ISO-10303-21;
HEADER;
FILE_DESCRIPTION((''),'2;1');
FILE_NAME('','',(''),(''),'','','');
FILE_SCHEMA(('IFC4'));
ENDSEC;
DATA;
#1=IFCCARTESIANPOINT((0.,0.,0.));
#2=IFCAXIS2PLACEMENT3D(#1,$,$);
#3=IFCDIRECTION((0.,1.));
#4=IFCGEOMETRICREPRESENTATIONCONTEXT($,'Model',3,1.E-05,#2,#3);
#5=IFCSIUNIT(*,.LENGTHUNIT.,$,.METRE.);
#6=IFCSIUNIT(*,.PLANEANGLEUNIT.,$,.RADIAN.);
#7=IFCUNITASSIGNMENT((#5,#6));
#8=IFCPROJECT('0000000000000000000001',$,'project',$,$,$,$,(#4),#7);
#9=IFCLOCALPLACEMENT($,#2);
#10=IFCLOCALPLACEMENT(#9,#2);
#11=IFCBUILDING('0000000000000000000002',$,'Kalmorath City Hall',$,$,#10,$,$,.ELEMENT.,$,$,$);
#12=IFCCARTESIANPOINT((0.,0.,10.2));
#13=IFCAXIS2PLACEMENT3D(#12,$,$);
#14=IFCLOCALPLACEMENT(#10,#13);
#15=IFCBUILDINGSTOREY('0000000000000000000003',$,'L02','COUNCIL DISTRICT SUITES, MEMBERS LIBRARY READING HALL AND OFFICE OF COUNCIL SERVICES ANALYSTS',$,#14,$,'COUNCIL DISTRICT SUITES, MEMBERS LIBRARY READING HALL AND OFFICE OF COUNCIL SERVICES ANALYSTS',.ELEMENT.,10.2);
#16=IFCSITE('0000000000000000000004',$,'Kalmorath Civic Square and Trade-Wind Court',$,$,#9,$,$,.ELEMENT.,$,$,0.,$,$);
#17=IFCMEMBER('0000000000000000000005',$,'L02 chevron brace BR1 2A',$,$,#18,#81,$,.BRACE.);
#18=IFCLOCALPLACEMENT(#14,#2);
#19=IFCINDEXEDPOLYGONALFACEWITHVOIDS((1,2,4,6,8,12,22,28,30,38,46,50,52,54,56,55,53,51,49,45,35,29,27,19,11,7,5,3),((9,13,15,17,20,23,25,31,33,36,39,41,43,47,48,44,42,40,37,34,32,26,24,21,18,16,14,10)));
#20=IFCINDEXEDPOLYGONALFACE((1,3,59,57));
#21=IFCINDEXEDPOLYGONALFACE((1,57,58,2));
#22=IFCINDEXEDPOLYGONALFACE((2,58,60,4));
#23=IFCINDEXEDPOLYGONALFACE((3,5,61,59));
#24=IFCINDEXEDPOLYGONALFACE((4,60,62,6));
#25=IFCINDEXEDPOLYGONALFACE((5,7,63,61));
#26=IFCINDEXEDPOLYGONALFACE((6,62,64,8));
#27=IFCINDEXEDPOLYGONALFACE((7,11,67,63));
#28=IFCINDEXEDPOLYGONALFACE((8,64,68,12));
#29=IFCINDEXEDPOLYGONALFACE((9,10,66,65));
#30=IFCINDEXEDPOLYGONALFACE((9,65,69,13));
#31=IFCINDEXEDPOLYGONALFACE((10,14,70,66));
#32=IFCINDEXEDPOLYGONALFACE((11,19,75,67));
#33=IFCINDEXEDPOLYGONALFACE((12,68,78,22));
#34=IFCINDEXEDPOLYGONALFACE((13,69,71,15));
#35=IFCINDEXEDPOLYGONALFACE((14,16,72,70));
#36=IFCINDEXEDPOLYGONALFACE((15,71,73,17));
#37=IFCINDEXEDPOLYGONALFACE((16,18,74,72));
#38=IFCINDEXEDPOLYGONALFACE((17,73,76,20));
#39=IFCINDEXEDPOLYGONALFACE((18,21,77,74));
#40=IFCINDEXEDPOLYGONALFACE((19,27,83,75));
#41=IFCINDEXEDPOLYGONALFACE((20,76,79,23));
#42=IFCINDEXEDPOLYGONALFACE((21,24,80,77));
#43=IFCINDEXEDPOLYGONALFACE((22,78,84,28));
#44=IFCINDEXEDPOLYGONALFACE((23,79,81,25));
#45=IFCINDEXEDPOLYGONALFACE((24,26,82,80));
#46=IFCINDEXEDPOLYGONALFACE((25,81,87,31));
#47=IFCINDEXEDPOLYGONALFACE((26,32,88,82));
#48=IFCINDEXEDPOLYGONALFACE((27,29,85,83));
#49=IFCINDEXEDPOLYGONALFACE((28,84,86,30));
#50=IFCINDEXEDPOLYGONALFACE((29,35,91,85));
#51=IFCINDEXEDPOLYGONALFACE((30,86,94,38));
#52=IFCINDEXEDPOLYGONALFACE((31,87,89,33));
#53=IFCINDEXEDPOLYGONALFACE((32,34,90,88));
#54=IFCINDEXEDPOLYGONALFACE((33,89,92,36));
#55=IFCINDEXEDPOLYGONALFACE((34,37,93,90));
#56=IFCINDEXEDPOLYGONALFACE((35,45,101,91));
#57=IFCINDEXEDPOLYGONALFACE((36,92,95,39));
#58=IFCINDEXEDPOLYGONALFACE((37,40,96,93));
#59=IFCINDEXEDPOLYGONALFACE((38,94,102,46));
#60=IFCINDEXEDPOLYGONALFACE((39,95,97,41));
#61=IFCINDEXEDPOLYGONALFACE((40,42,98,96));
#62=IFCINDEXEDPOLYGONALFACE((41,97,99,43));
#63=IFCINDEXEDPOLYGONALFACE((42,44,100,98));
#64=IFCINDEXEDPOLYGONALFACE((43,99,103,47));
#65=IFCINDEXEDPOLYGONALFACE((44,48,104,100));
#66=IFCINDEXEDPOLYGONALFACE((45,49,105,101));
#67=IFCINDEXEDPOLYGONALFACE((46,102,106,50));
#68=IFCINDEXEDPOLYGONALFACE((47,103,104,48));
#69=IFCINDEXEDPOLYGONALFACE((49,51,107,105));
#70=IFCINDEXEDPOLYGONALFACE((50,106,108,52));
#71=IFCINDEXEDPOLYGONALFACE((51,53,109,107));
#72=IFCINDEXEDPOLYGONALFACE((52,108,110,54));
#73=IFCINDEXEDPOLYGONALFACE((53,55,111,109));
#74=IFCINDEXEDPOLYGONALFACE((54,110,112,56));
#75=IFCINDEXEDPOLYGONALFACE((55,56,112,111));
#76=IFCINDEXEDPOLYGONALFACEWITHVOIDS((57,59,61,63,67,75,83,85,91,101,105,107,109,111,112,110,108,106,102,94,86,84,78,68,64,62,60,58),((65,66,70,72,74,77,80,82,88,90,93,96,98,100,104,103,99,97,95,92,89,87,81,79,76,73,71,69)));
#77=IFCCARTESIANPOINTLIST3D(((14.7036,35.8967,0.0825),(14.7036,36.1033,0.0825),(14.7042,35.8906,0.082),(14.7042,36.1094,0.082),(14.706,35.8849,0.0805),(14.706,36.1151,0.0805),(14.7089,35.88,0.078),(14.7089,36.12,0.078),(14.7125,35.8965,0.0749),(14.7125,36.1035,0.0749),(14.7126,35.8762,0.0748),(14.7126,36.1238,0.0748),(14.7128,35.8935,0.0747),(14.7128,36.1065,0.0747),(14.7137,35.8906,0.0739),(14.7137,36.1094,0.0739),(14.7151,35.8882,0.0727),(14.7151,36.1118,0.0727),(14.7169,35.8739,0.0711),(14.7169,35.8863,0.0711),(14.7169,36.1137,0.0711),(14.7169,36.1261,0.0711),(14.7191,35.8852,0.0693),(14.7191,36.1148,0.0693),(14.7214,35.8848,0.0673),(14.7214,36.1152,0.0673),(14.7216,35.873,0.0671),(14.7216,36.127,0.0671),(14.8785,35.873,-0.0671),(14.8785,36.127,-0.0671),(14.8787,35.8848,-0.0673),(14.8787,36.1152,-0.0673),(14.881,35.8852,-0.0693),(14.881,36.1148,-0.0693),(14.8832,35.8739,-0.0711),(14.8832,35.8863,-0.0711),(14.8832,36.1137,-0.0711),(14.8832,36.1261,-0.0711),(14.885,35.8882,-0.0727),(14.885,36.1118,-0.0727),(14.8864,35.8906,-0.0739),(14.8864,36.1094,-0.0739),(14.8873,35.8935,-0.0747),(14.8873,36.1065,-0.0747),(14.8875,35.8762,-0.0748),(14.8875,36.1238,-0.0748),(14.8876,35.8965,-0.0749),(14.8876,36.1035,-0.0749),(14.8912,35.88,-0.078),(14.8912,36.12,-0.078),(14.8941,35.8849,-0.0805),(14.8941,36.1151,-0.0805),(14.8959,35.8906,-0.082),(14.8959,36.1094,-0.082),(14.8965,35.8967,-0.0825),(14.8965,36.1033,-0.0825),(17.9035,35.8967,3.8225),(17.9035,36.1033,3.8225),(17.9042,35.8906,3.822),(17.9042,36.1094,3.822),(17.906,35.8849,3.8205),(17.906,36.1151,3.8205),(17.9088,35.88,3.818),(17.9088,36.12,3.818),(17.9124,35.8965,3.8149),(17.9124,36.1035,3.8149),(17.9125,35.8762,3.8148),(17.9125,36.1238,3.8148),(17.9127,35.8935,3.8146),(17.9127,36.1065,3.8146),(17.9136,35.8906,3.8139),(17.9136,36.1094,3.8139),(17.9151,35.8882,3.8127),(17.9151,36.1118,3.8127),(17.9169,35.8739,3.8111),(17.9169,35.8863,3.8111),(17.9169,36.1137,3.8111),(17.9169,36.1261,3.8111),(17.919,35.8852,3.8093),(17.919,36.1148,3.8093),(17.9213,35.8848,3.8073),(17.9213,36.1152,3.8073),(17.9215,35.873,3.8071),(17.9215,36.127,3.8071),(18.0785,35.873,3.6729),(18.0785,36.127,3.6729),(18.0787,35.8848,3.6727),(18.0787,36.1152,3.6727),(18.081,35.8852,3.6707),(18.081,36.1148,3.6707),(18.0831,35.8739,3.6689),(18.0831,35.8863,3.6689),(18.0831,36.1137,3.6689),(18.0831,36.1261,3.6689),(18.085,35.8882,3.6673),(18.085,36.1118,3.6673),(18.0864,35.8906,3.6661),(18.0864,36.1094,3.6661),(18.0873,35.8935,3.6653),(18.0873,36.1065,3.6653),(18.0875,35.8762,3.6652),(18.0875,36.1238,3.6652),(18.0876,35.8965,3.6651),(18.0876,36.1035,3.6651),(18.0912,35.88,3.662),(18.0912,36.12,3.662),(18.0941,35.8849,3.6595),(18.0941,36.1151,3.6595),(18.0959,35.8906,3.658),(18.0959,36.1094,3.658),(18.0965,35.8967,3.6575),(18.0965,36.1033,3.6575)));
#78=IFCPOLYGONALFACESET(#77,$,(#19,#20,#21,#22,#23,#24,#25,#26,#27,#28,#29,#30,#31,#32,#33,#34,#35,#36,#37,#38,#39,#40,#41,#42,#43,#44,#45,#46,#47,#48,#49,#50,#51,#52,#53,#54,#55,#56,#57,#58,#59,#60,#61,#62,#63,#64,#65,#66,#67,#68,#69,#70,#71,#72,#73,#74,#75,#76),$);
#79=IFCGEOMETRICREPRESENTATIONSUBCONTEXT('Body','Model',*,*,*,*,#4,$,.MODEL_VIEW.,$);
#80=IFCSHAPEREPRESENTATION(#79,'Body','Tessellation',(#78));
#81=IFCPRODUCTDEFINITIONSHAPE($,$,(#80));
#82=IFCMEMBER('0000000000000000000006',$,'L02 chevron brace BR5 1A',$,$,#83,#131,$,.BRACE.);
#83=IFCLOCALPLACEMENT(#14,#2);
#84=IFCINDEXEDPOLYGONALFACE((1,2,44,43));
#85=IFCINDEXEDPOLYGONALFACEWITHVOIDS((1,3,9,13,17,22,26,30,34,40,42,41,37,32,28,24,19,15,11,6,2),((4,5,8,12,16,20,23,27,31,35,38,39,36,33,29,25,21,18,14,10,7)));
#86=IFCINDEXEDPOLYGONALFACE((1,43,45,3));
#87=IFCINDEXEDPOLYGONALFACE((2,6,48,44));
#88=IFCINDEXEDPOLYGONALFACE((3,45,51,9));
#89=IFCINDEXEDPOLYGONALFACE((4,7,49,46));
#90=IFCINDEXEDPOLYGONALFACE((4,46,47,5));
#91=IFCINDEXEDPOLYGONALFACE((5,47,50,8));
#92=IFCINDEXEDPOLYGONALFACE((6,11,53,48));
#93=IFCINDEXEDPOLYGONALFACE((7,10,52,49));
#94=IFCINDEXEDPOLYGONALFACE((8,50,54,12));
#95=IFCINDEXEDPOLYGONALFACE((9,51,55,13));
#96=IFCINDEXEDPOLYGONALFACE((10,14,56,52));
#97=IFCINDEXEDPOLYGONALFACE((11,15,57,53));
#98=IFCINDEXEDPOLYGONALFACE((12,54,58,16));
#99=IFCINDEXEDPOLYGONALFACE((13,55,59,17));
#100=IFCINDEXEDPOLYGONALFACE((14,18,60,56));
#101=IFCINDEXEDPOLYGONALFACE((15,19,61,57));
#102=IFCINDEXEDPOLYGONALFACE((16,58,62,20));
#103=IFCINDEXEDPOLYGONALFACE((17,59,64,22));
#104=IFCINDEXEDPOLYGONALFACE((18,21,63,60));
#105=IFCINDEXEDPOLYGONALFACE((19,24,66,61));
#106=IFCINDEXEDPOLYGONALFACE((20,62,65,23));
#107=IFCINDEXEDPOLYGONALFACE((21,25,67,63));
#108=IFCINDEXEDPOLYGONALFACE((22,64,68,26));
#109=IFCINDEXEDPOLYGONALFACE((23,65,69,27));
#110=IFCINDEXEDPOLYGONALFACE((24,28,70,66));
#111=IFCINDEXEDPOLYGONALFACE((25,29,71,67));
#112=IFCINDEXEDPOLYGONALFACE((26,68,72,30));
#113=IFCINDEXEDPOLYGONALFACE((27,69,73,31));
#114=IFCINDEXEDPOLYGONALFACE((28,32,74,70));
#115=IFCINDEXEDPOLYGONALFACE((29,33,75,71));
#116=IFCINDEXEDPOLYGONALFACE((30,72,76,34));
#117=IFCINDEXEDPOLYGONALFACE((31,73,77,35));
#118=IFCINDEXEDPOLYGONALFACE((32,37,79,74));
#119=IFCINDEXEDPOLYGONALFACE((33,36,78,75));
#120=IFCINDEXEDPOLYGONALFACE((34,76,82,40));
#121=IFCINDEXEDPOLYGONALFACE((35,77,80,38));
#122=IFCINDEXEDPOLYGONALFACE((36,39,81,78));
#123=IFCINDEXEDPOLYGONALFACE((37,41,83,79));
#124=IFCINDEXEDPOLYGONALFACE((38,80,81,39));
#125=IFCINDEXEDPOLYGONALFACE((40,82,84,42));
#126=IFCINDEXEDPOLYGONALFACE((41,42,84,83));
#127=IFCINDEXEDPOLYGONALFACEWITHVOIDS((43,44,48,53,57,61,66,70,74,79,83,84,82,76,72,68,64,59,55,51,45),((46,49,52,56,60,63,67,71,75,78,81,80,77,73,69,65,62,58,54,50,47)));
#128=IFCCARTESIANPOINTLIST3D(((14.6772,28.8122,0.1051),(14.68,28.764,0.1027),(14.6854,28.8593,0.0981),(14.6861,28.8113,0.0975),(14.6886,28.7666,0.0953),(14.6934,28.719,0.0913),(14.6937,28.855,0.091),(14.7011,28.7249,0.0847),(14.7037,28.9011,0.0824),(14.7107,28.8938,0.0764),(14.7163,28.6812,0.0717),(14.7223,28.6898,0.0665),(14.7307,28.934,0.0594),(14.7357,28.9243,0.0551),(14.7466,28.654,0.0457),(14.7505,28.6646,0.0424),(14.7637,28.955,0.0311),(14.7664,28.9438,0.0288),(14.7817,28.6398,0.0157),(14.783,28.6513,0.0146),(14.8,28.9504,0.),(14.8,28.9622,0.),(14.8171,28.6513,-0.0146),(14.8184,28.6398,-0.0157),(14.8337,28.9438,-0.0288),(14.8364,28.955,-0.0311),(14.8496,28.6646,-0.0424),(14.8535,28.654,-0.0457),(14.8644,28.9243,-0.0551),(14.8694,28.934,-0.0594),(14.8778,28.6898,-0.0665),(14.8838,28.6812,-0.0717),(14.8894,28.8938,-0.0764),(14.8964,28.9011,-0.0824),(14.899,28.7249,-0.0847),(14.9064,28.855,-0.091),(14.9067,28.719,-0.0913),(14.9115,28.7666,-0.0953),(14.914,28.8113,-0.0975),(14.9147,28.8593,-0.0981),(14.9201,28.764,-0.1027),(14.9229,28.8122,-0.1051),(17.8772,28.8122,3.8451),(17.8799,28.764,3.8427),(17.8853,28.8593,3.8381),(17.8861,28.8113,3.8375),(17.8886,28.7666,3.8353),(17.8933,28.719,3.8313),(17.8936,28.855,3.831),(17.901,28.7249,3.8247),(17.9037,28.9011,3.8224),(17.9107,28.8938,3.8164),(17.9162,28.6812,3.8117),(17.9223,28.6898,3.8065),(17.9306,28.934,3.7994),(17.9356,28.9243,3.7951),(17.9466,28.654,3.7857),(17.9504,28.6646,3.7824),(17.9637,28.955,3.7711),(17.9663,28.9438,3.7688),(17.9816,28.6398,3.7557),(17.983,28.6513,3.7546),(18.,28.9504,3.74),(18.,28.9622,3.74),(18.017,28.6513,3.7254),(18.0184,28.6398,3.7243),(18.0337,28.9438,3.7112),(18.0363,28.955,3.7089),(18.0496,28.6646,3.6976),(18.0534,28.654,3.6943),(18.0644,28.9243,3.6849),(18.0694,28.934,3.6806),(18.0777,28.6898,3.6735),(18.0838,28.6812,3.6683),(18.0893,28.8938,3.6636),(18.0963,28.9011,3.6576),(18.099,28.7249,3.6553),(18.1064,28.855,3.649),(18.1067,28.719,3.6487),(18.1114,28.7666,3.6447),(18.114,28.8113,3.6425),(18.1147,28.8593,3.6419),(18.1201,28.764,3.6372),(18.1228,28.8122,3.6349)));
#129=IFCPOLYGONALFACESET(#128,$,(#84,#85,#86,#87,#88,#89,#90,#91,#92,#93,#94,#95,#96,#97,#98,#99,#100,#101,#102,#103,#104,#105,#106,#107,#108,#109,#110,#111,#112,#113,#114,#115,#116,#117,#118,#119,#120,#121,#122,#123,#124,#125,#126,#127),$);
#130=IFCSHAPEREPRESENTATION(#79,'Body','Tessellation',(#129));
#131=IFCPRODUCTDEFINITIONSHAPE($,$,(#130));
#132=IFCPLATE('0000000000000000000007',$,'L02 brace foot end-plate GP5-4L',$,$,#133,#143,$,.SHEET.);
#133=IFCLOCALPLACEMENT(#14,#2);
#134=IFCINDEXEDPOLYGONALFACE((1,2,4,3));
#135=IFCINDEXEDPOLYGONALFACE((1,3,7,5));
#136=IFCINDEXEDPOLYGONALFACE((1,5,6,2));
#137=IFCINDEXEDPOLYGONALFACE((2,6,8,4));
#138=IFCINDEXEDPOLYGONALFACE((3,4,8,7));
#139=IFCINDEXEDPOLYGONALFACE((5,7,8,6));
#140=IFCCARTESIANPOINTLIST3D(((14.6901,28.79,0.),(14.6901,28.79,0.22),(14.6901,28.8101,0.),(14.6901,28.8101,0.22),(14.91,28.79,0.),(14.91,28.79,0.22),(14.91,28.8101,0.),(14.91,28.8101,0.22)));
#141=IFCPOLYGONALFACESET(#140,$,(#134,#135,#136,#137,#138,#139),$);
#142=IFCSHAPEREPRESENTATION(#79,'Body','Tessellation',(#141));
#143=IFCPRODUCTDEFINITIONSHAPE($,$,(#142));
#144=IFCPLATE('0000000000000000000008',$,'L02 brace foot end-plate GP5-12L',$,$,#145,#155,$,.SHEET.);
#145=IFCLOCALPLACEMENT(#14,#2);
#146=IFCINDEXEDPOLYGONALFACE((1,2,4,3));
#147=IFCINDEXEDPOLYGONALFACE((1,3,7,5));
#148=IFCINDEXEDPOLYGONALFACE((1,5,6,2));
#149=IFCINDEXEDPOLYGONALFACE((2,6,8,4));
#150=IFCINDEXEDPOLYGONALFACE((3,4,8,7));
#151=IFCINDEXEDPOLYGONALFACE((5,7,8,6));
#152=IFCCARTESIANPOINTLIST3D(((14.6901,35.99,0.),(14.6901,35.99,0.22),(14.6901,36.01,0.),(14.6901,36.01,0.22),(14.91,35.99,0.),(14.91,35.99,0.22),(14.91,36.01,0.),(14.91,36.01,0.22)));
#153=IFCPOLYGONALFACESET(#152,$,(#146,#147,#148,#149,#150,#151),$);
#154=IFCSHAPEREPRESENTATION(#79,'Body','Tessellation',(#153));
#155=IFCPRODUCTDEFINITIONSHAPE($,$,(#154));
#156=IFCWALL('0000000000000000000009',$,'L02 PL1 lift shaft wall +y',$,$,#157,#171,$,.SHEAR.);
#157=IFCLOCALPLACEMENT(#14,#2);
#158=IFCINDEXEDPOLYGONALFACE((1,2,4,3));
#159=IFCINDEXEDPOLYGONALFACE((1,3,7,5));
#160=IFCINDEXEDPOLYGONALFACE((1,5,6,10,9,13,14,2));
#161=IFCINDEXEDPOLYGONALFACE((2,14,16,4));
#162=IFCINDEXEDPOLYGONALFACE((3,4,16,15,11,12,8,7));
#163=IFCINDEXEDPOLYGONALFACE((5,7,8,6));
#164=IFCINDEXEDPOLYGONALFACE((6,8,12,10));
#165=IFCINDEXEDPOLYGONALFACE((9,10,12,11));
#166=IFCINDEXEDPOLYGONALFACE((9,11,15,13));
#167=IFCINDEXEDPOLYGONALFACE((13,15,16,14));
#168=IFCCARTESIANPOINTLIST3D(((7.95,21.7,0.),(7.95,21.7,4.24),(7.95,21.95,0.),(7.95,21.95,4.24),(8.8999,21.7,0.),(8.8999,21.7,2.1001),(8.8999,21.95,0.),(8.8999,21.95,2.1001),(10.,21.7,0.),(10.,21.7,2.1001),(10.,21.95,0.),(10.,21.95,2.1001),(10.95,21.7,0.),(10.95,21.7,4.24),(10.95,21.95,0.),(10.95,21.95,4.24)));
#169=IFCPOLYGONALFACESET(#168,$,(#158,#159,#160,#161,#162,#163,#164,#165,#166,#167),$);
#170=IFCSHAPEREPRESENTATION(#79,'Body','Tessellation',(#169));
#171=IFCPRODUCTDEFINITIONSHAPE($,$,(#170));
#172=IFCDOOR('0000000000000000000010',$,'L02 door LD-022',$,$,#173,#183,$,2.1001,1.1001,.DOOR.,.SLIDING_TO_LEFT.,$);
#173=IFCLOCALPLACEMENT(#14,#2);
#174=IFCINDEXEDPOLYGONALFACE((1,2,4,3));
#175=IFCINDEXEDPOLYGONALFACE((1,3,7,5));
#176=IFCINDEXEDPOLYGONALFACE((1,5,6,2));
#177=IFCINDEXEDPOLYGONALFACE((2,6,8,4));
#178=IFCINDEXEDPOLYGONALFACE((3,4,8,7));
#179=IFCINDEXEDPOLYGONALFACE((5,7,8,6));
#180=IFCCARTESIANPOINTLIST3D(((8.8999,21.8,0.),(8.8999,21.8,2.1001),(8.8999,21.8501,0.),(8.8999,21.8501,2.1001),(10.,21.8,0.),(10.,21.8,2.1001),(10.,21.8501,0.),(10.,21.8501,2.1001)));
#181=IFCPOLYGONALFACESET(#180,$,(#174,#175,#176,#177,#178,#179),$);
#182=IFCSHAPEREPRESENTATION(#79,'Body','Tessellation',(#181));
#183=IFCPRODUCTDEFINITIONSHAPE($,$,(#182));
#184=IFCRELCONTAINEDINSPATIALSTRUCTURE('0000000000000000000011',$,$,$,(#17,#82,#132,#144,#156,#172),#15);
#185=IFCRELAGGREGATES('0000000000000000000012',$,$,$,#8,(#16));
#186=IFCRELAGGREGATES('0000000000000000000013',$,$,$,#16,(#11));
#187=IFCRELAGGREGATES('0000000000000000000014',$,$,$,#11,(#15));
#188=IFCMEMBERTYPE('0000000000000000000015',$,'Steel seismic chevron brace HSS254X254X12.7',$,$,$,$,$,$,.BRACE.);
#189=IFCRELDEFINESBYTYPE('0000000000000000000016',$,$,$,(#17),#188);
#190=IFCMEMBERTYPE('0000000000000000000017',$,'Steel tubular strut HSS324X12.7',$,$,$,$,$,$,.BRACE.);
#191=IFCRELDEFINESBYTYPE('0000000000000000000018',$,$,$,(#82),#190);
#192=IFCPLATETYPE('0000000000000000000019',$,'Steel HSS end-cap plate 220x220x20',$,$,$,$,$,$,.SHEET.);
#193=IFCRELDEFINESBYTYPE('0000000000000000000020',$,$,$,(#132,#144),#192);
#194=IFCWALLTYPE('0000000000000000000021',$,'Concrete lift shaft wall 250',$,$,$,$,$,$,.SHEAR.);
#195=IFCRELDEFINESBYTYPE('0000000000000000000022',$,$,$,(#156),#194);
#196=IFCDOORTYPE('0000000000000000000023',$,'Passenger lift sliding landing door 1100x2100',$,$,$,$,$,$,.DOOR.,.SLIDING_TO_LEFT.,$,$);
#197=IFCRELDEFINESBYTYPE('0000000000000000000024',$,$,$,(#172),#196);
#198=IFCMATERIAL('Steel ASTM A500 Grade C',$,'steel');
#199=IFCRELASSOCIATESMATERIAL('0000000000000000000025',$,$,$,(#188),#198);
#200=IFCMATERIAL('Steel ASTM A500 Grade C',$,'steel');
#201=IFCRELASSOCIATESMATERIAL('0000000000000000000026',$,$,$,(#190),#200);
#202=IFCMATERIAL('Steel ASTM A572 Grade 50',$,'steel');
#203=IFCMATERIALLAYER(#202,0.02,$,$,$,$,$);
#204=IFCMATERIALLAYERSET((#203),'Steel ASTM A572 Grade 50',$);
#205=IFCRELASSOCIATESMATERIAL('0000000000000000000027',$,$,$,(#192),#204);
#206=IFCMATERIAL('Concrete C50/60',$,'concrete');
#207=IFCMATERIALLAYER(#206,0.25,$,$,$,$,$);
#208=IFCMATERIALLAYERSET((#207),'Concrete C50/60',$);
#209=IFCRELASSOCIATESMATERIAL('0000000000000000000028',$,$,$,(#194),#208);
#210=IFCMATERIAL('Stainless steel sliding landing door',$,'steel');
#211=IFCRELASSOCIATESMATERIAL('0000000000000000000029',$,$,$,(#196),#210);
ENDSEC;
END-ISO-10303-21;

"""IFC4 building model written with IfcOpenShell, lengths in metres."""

from ifc_helpers import new_model, si_unit, direction, frame, frame_2d, origin, origin_2d, place, context, subcontext, project, spatial, rectangle, hollow_rectangle, hollow_circle, extrude, material, layer, layer_set, material_profile, profile_set, type_object, element, fill, save


model = new_model("IFC4")

# Units and contexts
model_context = context("Model", 3, precision=1e-05, world=origin(), true_north=direction((0.0, 1.0)))
body_context = subcontext(model_context, "Body", "Model", "MODEL_VIEW")
ifc_project = project(units=[si_unit("LENGTHUNIT", "METRE"), si_unit("PLANEANGLEUNIT", "RADIAN")], contexts=[model_context])

# Site, building, storey
site_placement = place(None, origin())
site = spatial("IfcSite", under=ifc_project, at=site_placement, Name="Kalmorath Civic Square and Trade-Wind Court", CompositionType="ELEMENT", RefElevation=0.0)
building_placement = place(site_placement, origin())
building = spatial("IfcBuilding", under=site, at=building_placement, Name="Kalmorath City Hall", CompositionType="ELEMENT")
storey_placement = place(building_placement, frame((0.0, 0.0, 10.2)))
storey = spatial("IfcBuildingStorey", under=building, at=storey_placement, Name="L02", Description="COUNCIL DISTRICT SUITES, MEMBERS LIBRARY READING HALL AND OFFICE OF COUNCIL SERVICES ANALYSTS", LongName="COUNCIL DISTRICT SUITES, MEMBERS LIBRARY READING HALL AND OFFICE OF COUNCIL SERVICES ANALYSTS", CompositionType="ELEMENT", Elevation=10.2)

# Members
ifc_material_1 = material(Name="Steel ASTM A500 Grade C", Category="steel")
ifc_material_profile_1 = material_profile(ifc_material_1, hollow_rectangle(XDim=0.2539, YDim=0.2539, WallThickness=0.0117, InnerFilletRadius=0.0117, OuterFilletRadius=0.0237, at=origin_2d()), Name="HSS254X254X12.7")
ifc_profile_set_1 = profile_set([ifc_material_profile_1], Name="Steel ASTM A500 Grade C")
member_type_1 = type_object("IfcMemberType", Name="Steel seismic chevron brace HSS254X254X12.7", PredefinedType="BRACE", material=ifc_profile_set_1)
member_1_placement = place(storey_placement, frame((14.8, 36.0, 0.0), z_axis=(0.650117, 0.0, 0.759834), x_axis=(0.0, 1.0, 0.0)))
element("IfcMember", 1, at=member_1_placement, inside=storey, type_object=member_type_1, Name="L02 chevron brace BR1 2A", PredefinedType="BRACE", context=body_context, shape_type="SweptSolid", body=[
    extrude(hollow_rectangle(XDim=0.2539, YDim=0.2539, WallThickness=0.0117, InnerFilletRadius=0.0117, OuterFilletRadius=0.0237, at=origin_2d()), origin(), (0.0, 0.0, 1.0), 4.9221),
])
ifc_material_2 = material(Name="Steel ASTM A500 Grade C", Category="steel")
ifc_material_profile_2 = material_profile(ifc_material_2, hollow_circle(Radius=0.1621, WallThickness=0.0117, at=origin_2d()), Name="HSS324X12.7")
ifc_profile_set_2 = profile_set([ifc_material_profile_2], Name="Steel ASTM A500 Grade C")
member_type_2 = type_object("IfcMemberType", Name="Steel tubular strut HSS324X12.7", PredefinedType="BRACE", material=ifc_profile_set_2)
member_2_placement = place(storey_placement, frame((14.8, 28.8, 0.0), z_axis=(0.650117, 0.0, 0.759834), x_axis=(0.0, 1.0, 0.0)))
element("IfcMember", 2, at=member_2_placement, inside=storey, type_object=member_type_2, Name="L02 chevron brace BR5 1A", PredefinedType="BRACE", context=body_context, shape_type="SweptSolid", body=[
    extrude(hollow_circle(Radius=0.1621, WallThickness=0.0117, at=origin_2d()), origin(), (0.0, 0.0, 1.0), 4.9221),
])

# Plates
ifc_material_3 = material(Name="Steel ASTM A572 Grade 50", Category="steel")
ifc_layer_1 = layer(ifc_material_3, 0.02)
ifc_layer_set_1 = layer_set([ifc_layer_1], Name="Steel ASTM A572 Grade 50")
plate_type = type_object("IfcPlateType", Name="Steel HSS end-cap plate 220x220x20", PredefinedType="SHEET", material=ifc_layer_set_1)
for number, where, z_axis, x_axis, name in (
    (3, (14.8, 28.8, 0.0), (0.0, 0.0, 1.0), (1.0, 0.0, 0.0), "L02 brace foot end-plate GP5-4L"),
    (4, (14.8, 36.0, 0.0), (0.0, 0.0, 1.0), (1.0, 0.0, 0.0), "L02 brace foot end-plate GP5-12L"),
):
    element("IfcPlate", number, at=place(storey_placement, frame(where, z_axis=z_axis, x_axis=x_axis)), inside=storey, type_object=plate_type, Name=name, PredefinedType="SHEET", context=body_context, shape_type="SweptSolid", body=[
        extrude(rectangle(XDim=0.22, YDim=0.02, at=origin_2d()), origin(), (0.0, 0.0, 1.0), 0.22),
    ])

# Wall, opening, door
ifc_material_4 = material(Name="Concrete C50/60", Category="concrete")
ifc_layer_2 = layer(ifc_material_4, 0.25)
ifc_layer_set_2 = layer_set([ifc_layer_2], Name="Concrete C50/60")
wall_type_1 = type_object("IfcWallType", Name="Concrete lift shaft wall 250", PredefinedType="SHEAR", material=ifc_layer_set_2)
wall_1_placement = place(storey_placement, frame((10.95, 21.825, 0.0), z_axis=(0.0, 0.0, 1.0), x_axis=(-1.0, 0.0, 0.0)))
wall_1 = element("IfcWall", 5, at=wall_1_placement, inside=storey, type_object=wall_type_1, Name="L02 PL1 lift shaft wall +y", PredefinedType="SHEAR", context=body_context, shape_type="SweptSolid", body=[
    extrude(rectangle(XDim=3.0, YDim=0.25, at=frame_2d((1.5, 0.0))), origin(), (0.0, 0.0, 1.0), 4.24),
])
opening_1_placement = place(wall_1_placement, frame((0.95, 0.0, 0.0)))
opening_1 = element("IfcOpeningElement", 6, at=opening_1_placement, cuts=wall_1, PredefinedType="OPENING", context=body_context, shape_type="SweptSolid", body=[
    extrude(rectangle(XDim=1.1001, YDim=2.1001, at=frame_2d((0.55, 1.05))), frame((0.0, 0.135, 0.0), z_axis=(0.0, -1.0, 0.0), x_axis=(1.0, 0.0, 0.0)), (0.0, 0.0, 1.0), 0.27),
])
ifc_material_5 = material(Name="Stainless steel sliding landing door", Category="steel")
door_type_1 = type_object("IfcDoorType", Name="Passenger lift sliding landing door 1100x2100", OperationType="SLIDING_TO_LEFT", PredefinedType="DOOR", material=ifc_material_5)
door_1_placement = place(opening_1_placement, origin())
door_1 = element("IfcDoor", 7, at=door_1_placement, inside=storey, type_object=door_type_1, Name="L02 door LD-022", OperationType="SLIDING_TO_LEFT", OverallHeight=2.1001, OverallWidth=1.1001, PredefinedType="DOOR", context=body_context, shape_type="SweptSolid", body=[
    extrude(rectangle(XDim=1.1001, YDim=2.1001, at=frame_2d((0.55, 1.05))), frame((0.0, 0.0249, 0.0), z_axis=(0.0, -1.0, 0.0), x_axis=(1.0, 0.0, 0.0)), (0.0, 0.0, 1.0), 0.05),
])
fill(opening_1, door_1)

save(model, "model.ifc")
